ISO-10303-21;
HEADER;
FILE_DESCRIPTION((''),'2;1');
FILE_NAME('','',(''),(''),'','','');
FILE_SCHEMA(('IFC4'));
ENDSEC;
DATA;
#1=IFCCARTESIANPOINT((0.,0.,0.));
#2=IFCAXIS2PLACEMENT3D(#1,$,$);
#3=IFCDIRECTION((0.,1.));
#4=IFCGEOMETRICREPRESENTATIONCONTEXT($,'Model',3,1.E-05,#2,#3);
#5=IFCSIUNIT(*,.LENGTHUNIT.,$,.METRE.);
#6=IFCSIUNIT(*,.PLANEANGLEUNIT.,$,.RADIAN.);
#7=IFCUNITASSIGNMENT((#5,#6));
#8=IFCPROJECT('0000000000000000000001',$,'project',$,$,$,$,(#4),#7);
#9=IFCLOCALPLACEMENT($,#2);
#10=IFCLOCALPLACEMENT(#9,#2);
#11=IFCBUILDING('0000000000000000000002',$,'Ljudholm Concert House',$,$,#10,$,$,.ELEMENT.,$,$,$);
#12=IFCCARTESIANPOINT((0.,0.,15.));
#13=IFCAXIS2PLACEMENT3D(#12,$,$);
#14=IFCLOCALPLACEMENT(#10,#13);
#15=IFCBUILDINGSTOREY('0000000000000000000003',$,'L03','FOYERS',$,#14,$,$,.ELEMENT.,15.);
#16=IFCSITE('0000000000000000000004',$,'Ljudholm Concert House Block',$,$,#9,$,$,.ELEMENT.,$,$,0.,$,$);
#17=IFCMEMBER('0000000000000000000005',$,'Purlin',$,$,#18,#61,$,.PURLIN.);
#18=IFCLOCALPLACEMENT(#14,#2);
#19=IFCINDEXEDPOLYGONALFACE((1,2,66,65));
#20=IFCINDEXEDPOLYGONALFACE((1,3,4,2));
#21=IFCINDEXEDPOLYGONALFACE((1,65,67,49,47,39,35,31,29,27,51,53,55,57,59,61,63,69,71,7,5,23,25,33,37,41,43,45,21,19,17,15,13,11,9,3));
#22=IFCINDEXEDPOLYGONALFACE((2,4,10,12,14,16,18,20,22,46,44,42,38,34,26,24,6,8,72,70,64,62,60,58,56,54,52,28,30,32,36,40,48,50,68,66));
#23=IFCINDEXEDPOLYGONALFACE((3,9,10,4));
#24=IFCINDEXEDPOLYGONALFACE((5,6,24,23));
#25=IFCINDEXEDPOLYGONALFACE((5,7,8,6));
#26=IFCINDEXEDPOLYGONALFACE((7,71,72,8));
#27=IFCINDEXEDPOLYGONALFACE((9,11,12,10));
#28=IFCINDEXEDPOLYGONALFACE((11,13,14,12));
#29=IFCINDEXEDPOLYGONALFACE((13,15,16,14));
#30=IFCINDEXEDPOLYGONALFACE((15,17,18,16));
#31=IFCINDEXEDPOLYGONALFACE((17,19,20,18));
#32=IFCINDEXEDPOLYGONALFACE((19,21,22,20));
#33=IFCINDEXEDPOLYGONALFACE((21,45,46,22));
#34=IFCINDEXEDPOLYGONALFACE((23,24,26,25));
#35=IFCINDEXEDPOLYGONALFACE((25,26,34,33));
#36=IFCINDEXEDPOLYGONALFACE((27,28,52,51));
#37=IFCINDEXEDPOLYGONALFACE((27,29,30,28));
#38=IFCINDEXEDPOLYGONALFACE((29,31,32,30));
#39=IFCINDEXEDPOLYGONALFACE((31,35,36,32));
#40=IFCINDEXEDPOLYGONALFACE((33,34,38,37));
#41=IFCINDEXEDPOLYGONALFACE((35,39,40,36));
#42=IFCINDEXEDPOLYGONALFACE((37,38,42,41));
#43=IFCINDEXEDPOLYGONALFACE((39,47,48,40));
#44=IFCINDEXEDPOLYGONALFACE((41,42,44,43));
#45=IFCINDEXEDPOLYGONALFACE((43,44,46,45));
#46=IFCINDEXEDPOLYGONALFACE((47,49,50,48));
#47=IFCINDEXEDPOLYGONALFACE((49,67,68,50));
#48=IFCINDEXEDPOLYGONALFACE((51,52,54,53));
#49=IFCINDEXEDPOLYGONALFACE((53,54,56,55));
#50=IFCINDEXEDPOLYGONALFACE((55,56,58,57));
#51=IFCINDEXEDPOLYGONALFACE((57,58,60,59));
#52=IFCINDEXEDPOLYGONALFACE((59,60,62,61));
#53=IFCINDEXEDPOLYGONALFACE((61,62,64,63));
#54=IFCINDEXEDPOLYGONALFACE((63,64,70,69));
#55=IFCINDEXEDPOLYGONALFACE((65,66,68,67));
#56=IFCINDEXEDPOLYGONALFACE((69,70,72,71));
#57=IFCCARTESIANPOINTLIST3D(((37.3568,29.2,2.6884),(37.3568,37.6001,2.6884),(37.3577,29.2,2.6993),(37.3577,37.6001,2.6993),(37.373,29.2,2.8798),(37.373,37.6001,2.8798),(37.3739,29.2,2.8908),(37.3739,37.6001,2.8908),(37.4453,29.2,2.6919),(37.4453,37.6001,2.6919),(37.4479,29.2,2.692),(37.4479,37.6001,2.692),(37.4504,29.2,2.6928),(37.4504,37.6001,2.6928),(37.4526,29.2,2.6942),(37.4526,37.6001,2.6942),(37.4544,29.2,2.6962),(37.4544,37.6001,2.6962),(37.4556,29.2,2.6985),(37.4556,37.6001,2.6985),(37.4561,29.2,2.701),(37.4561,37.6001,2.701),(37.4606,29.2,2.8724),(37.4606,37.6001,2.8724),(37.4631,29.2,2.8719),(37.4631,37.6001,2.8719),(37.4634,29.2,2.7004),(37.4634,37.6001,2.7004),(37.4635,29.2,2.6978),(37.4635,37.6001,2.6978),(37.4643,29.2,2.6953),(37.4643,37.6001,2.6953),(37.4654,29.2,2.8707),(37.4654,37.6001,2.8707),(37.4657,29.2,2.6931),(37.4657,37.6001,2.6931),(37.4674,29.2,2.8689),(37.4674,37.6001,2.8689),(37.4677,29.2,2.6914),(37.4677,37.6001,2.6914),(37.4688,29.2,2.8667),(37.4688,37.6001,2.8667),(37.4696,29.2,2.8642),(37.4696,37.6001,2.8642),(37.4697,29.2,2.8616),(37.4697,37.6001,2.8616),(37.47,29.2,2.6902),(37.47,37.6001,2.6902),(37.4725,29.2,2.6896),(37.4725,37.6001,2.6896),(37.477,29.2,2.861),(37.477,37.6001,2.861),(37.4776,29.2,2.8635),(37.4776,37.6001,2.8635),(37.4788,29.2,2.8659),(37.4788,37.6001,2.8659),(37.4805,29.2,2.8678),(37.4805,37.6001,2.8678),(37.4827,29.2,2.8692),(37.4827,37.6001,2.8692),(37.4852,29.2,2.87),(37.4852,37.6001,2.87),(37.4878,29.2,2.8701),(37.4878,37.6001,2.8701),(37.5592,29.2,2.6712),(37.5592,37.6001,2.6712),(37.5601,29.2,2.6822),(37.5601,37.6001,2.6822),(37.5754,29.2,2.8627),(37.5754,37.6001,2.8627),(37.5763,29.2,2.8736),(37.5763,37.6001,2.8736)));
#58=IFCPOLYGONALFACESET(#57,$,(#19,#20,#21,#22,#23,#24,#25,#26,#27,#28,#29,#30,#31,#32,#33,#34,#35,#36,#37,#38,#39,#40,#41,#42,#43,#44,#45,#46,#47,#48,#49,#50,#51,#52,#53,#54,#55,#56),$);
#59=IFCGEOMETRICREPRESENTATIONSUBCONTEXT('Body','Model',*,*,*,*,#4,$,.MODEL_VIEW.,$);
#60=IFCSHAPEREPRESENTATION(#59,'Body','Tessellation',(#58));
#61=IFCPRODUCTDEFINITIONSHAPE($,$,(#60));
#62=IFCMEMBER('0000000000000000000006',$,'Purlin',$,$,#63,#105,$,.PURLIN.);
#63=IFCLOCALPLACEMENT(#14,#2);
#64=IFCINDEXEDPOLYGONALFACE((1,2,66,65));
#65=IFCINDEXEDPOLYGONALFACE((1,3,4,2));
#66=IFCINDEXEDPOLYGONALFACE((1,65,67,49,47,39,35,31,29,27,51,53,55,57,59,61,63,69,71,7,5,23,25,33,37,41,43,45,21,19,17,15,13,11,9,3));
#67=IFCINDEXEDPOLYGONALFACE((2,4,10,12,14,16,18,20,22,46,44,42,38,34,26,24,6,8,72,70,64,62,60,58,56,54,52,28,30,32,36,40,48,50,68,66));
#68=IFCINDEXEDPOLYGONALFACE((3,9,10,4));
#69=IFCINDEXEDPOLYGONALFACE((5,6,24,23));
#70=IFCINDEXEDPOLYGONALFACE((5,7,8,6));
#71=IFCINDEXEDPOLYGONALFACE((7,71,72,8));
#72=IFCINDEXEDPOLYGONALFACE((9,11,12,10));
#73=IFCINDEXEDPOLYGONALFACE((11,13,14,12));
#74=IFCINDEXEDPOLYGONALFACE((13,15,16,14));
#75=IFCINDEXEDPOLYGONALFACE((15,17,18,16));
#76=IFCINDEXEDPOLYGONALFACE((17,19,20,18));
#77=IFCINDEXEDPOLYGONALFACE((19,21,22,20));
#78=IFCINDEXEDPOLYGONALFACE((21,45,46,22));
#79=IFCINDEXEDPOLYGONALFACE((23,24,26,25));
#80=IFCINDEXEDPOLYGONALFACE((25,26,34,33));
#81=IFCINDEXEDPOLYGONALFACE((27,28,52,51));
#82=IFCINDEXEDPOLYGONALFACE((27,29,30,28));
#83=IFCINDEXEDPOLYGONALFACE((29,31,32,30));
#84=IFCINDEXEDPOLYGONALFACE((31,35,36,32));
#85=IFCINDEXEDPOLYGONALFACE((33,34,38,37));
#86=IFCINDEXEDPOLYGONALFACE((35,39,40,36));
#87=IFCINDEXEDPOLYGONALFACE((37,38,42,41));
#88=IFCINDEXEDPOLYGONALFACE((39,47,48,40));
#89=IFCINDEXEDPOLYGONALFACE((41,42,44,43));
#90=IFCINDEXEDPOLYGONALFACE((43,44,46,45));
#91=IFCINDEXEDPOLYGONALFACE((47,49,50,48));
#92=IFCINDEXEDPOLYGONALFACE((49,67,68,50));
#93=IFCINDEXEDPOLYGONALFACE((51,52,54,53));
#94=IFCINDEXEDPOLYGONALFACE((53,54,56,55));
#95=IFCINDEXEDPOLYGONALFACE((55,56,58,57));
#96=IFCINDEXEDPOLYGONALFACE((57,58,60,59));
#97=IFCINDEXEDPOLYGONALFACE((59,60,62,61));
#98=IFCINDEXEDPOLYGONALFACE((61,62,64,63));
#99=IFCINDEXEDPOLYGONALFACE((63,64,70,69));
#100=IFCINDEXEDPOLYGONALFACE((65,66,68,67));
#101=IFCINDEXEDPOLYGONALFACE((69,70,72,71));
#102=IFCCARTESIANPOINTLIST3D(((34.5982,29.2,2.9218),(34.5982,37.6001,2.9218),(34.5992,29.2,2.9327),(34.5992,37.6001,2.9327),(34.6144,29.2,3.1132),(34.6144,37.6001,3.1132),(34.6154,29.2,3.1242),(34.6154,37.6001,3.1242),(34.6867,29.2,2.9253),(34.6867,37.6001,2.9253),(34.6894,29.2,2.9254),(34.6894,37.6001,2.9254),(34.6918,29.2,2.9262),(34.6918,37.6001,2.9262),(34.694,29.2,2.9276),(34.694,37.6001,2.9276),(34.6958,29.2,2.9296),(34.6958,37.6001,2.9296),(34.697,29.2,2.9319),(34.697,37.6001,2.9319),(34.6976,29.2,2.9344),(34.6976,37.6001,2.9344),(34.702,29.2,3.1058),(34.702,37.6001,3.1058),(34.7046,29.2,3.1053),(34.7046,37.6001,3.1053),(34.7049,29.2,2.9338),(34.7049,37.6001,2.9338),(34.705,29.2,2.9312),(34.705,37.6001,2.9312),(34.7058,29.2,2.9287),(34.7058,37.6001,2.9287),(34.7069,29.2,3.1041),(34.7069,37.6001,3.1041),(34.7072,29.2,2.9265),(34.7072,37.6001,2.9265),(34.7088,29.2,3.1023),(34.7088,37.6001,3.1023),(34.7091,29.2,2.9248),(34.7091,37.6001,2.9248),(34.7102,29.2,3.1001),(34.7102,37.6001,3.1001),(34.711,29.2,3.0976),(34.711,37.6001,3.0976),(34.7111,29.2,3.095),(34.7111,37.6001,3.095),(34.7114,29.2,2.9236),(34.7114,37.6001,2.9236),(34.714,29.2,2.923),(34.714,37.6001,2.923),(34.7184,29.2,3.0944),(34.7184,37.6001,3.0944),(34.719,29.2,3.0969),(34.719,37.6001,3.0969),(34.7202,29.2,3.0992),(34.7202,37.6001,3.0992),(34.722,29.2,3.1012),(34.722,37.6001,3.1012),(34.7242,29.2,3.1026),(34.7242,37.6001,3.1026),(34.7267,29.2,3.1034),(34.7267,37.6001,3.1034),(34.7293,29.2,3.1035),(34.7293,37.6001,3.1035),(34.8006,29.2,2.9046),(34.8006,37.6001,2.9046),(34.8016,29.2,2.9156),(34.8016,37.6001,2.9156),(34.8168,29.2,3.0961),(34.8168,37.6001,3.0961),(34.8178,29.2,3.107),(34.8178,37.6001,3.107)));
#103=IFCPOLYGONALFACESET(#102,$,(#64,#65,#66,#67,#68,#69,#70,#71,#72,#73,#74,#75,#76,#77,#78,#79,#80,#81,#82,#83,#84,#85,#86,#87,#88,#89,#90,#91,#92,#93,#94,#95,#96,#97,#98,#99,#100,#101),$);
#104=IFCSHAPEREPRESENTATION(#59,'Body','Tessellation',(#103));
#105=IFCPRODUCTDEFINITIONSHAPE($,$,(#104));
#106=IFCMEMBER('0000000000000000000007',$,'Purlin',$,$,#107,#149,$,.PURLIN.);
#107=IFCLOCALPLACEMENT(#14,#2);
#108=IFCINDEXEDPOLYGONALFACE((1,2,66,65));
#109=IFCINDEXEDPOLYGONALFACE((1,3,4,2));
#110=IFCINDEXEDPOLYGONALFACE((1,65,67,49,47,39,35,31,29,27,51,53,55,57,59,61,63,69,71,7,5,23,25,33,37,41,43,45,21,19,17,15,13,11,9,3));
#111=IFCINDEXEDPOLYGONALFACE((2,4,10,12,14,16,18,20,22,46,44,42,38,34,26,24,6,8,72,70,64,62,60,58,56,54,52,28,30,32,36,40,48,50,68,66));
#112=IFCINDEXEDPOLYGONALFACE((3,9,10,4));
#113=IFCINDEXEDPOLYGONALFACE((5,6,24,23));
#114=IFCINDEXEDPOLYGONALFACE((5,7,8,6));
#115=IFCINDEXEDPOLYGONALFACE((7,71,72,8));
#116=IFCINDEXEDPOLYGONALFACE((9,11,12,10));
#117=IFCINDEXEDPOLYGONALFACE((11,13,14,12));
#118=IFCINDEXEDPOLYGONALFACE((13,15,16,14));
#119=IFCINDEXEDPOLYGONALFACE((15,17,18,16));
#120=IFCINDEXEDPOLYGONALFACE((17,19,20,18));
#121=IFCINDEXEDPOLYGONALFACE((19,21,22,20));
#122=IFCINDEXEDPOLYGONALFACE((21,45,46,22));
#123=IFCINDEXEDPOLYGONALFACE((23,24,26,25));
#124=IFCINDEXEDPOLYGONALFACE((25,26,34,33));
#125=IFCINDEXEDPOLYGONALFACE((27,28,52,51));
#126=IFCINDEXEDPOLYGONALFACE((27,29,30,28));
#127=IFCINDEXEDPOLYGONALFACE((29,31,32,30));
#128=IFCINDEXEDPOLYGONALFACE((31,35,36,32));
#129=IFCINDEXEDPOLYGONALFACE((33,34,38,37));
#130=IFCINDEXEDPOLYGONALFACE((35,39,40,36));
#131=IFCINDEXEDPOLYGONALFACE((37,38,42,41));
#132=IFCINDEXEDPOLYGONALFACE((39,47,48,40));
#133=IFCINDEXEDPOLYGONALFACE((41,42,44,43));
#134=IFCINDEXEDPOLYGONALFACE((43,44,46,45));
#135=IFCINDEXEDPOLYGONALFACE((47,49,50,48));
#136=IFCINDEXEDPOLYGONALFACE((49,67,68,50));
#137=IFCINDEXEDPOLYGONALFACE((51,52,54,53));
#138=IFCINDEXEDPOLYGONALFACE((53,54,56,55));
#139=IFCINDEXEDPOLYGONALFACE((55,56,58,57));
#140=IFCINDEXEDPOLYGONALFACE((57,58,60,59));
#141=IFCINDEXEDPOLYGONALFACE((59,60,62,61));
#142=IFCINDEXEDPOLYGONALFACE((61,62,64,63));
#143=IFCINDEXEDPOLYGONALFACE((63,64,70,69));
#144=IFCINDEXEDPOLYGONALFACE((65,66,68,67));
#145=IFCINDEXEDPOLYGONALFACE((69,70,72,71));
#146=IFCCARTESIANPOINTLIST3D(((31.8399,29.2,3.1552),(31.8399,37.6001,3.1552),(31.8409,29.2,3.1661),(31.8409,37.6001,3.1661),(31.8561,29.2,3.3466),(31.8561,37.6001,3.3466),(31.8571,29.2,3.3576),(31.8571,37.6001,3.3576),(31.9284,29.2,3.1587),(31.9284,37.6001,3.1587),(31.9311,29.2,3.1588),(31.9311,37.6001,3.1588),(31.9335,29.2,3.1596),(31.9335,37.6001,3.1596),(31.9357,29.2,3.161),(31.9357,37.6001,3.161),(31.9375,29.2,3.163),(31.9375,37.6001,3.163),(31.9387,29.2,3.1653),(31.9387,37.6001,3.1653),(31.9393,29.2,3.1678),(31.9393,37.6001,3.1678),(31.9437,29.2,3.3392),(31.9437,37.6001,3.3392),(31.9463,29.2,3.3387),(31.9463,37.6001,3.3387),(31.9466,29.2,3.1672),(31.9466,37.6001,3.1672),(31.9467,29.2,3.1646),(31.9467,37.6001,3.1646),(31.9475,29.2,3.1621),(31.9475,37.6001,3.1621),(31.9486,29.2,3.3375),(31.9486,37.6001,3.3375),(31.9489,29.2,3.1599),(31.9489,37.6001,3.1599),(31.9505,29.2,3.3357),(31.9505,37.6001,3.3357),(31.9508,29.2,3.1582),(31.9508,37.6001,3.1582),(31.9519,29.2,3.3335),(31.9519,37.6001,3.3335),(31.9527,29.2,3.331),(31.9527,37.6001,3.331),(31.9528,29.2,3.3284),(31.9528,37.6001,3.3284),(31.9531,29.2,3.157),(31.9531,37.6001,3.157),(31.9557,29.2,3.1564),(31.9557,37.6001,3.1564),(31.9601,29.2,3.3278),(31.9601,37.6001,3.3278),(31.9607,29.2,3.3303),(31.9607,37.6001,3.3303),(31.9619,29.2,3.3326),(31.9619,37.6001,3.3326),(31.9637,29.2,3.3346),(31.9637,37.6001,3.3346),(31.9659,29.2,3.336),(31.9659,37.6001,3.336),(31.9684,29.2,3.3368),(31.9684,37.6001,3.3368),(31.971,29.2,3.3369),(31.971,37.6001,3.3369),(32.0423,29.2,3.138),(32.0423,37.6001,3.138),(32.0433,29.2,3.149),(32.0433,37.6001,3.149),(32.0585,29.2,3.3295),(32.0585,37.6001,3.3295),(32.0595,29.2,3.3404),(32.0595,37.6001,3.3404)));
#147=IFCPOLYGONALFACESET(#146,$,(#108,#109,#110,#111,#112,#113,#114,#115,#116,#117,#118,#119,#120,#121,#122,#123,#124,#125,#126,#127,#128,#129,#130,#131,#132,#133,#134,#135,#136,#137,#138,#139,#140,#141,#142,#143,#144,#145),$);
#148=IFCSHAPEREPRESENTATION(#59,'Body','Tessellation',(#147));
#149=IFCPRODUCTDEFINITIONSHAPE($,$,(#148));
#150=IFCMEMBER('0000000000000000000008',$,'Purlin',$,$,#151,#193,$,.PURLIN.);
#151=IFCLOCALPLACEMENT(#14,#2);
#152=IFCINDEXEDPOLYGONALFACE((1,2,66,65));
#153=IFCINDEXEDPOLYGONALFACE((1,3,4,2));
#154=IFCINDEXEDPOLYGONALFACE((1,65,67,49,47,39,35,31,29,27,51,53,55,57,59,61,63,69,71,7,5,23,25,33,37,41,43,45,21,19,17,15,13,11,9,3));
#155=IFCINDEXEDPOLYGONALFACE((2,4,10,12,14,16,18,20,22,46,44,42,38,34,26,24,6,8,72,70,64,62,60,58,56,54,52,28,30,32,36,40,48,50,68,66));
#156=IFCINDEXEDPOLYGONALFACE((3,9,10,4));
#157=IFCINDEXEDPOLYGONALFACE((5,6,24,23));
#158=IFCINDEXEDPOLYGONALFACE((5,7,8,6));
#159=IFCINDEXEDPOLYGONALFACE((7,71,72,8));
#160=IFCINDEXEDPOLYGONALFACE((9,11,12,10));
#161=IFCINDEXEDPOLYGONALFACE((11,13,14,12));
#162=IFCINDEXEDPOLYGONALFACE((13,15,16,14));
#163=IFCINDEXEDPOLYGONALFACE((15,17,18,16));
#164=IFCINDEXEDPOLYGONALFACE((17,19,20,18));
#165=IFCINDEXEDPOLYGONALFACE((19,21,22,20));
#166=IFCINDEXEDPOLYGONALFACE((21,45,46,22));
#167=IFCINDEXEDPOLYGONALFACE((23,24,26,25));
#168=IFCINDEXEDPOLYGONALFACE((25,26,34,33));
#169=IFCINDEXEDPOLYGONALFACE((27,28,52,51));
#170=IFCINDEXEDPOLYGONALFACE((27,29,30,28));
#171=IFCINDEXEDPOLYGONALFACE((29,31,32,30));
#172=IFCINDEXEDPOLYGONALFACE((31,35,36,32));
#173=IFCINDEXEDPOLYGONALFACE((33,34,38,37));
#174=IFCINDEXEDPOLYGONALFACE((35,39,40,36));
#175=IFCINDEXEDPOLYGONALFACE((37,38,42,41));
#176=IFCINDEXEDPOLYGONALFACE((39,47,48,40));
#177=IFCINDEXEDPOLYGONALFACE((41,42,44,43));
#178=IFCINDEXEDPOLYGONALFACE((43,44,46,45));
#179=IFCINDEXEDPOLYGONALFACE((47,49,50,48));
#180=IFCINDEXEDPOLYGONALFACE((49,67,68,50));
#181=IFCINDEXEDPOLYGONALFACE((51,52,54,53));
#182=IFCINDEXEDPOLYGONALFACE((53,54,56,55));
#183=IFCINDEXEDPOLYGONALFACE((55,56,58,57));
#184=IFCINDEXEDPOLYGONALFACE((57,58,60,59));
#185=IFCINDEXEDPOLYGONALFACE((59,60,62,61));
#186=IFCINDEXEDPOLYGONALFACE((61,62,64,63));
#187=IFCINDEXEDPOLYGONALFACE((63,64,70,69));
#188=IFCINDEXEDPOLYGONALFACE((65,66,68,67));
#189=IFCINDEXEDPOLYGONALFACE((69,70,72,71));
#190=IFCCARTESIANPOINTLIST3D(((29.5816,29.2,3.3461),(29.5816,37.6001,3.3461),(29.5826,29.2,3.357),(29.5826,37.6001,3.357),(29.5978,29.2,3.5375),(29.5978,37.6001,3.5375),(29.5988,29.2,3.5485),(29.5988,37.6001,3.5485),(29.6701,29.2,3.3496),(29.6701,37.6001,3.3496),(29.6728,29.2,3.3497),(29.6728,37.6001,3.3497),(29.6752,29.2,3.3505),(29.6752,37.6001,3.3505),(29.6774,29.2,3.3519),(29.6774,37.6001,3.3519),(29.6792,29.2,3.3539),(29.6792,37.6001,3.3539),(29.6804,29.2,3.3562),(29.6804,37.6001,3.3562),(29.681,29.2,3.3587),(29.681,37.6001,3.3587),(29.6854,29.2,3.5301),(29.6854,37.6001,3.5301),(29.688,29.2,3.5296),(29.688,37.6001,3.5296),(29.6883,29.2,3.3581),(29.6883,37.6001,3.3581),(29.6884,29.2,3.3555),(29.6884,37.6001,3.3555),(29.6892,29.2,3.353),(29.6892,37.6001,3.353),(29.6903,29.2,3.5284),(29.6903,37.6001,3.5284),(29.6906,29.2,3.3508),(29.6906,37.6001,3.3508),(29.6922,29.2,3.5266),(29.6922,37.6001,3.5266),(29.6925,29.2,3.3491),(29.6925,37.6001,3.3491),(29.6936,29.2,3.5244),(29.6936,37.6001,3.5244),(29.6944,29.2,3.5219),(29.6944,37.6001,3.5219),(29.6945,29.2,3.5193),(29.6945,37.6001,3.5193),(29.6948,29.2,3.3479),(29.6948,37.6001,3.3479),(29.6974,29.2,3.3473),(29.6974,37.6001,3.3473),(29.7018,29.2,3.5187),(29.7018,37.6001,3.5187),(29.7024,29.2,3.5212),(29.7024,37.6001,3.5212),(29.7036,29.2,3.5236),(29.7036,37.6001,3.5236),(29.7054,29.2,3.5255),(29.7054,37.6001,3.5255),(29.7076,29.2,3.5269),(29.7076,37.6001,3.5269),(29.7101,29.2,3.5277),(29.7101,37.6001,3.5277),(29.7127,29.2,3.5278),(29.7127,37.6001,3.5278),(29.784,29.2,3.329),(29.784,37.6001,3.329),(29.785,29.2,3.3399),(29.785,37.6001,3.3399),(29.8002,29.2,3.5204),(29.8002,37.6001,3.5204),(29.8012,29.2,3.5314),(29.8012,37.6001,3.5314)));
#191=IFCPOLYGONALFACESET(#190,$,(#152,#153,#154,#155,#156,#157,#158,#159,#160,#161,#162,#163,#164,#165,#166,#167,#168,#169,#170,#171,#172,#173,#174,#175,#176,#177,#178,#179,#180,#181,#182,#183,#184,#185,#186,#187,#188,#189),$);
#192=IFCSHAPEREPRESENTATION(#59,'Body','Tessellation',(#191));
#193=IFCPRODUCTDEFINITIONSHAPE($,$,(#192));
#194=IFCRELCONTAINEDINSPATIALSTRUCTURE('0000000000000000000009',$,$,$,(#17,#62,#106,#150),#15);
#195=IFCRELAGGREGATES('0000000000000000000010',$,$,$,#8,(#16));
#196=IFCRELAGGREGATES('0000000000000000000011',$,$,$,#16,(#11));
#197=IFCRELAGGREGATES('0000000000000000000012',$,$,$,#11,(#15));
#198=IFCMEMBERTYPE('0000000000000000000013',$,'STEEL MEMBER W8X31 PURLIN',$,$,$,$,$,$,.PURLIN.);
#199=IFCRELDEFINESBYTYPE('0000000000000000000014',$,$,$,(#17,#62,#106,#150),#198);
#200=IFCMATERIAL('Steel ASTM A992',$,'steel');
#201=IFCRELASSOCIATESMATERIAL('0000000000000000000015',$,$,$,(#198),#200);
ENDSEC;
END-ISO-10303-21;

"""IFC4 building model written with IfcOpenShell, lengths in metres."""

from ifc_helpers import new_model, si_unit, direction, frame, origin, origin_2d, place, context, subcontext, project, spatial, i_section, extrude, material, material_profile, profile_set, type_object, element, save


model = new_model("IFC4")

# Units and contexts
model_context = context("Model", 3, precision=1e-05, world=origin(), true_north=direction((0.0, 1.0)))
body_context = subcontext(model_context, "Body", "Model", "MODEL_VIEW")
ifc_project = project(units=[si_unit("LENGTHUNIT", "METRE"), si_unit("PLANEANGLEUNIT", "RADIAN")], contexts=[model_context])

# Site, building, storey
site_placement = place(None, origin())
site = spatial("IfcSite", under=ifc_project, at=site_placement, Name="Ljudholm Concert House Block", CompositionType="ELEMENT", RefElevation=0.0)
building_placement = place(site_placement, origin())
building = spatial("IfcBuilding", under=site, at=building_placement, Name="Ljudholm Concert House", CompositionType="ELEMENT")
storey_placement = place(building_placement, frame((0.0, 0.0, 15.0)))
storey = spatial("IfcBuildingStorey", under=building, at=storey_placement, Name="L03", Description="FOYERS", CompositionType="ELEMENT", Elevation=15.0)

# Members
ifc_material_1 = material(Name="Steel ASTM A992", Category="steel")
ifc_material_profile_1 = material_profile(ifc_material_1, i_section(OverallWidth=0.2031, OverallDepth=0.2031, WebThickness=0.0073, FlangeThickness=0.011, FilletRadius=0.01, at=origin_2d()), Name="W8X31")
ifc_profile_set_1 = profile_set([ifc_material_profile_1], Name="Steel ASTM A992")
member_type_1 = type_object("IfcMemberType", Name="STEEL MEMBER W8X31 PURLIN", PredefinedType="PURLIN", material=ifc_profile_set_1)
for number, where, z_axis, x_axis, name in (
    (1, (37.4666, 29.2, 2.781), (0.0, 1.0, 0.0), (-0.996441, 0.0, 0.084291), "Purlin"),
    (2, (34.708, 29.2, 3.0144), (0.0, 1.0, 0.0), (-0.996441, 0.0, 0.084291), "Purlin"),
    (3, (31.9497, 29.2, 3.2478), (0.0, 1.0, 0.0), (-0.996441, 0.0, 0.084291), "Purlin"),
    (4, (29.6914, 29.2, 3.4387), (0.0, 1.0, 0.0), (-0.996441, 0.0, 0.084291), "Purlin"),
):
    element("IfcMember", number, at=place(storey_placement, frame(where, z_axis=z_axis, x_axis=x_axis)), inside=storey, type_object=member_type_1, Name=name, PredefinedType="PURLIN", context=body_context, shape_type="SweptSolid", body=[
        extrude(i_section(OverallWidth=0.2031, OverallDepth=0.2031, WebThickness=0.0073, FlangeThickness=0.011, FilletRadius=0.01, at=origin_2d()), origin(), (0.0, 0.0, 1.0), 8.4001),
    ])

save(model, "model.ifc")
